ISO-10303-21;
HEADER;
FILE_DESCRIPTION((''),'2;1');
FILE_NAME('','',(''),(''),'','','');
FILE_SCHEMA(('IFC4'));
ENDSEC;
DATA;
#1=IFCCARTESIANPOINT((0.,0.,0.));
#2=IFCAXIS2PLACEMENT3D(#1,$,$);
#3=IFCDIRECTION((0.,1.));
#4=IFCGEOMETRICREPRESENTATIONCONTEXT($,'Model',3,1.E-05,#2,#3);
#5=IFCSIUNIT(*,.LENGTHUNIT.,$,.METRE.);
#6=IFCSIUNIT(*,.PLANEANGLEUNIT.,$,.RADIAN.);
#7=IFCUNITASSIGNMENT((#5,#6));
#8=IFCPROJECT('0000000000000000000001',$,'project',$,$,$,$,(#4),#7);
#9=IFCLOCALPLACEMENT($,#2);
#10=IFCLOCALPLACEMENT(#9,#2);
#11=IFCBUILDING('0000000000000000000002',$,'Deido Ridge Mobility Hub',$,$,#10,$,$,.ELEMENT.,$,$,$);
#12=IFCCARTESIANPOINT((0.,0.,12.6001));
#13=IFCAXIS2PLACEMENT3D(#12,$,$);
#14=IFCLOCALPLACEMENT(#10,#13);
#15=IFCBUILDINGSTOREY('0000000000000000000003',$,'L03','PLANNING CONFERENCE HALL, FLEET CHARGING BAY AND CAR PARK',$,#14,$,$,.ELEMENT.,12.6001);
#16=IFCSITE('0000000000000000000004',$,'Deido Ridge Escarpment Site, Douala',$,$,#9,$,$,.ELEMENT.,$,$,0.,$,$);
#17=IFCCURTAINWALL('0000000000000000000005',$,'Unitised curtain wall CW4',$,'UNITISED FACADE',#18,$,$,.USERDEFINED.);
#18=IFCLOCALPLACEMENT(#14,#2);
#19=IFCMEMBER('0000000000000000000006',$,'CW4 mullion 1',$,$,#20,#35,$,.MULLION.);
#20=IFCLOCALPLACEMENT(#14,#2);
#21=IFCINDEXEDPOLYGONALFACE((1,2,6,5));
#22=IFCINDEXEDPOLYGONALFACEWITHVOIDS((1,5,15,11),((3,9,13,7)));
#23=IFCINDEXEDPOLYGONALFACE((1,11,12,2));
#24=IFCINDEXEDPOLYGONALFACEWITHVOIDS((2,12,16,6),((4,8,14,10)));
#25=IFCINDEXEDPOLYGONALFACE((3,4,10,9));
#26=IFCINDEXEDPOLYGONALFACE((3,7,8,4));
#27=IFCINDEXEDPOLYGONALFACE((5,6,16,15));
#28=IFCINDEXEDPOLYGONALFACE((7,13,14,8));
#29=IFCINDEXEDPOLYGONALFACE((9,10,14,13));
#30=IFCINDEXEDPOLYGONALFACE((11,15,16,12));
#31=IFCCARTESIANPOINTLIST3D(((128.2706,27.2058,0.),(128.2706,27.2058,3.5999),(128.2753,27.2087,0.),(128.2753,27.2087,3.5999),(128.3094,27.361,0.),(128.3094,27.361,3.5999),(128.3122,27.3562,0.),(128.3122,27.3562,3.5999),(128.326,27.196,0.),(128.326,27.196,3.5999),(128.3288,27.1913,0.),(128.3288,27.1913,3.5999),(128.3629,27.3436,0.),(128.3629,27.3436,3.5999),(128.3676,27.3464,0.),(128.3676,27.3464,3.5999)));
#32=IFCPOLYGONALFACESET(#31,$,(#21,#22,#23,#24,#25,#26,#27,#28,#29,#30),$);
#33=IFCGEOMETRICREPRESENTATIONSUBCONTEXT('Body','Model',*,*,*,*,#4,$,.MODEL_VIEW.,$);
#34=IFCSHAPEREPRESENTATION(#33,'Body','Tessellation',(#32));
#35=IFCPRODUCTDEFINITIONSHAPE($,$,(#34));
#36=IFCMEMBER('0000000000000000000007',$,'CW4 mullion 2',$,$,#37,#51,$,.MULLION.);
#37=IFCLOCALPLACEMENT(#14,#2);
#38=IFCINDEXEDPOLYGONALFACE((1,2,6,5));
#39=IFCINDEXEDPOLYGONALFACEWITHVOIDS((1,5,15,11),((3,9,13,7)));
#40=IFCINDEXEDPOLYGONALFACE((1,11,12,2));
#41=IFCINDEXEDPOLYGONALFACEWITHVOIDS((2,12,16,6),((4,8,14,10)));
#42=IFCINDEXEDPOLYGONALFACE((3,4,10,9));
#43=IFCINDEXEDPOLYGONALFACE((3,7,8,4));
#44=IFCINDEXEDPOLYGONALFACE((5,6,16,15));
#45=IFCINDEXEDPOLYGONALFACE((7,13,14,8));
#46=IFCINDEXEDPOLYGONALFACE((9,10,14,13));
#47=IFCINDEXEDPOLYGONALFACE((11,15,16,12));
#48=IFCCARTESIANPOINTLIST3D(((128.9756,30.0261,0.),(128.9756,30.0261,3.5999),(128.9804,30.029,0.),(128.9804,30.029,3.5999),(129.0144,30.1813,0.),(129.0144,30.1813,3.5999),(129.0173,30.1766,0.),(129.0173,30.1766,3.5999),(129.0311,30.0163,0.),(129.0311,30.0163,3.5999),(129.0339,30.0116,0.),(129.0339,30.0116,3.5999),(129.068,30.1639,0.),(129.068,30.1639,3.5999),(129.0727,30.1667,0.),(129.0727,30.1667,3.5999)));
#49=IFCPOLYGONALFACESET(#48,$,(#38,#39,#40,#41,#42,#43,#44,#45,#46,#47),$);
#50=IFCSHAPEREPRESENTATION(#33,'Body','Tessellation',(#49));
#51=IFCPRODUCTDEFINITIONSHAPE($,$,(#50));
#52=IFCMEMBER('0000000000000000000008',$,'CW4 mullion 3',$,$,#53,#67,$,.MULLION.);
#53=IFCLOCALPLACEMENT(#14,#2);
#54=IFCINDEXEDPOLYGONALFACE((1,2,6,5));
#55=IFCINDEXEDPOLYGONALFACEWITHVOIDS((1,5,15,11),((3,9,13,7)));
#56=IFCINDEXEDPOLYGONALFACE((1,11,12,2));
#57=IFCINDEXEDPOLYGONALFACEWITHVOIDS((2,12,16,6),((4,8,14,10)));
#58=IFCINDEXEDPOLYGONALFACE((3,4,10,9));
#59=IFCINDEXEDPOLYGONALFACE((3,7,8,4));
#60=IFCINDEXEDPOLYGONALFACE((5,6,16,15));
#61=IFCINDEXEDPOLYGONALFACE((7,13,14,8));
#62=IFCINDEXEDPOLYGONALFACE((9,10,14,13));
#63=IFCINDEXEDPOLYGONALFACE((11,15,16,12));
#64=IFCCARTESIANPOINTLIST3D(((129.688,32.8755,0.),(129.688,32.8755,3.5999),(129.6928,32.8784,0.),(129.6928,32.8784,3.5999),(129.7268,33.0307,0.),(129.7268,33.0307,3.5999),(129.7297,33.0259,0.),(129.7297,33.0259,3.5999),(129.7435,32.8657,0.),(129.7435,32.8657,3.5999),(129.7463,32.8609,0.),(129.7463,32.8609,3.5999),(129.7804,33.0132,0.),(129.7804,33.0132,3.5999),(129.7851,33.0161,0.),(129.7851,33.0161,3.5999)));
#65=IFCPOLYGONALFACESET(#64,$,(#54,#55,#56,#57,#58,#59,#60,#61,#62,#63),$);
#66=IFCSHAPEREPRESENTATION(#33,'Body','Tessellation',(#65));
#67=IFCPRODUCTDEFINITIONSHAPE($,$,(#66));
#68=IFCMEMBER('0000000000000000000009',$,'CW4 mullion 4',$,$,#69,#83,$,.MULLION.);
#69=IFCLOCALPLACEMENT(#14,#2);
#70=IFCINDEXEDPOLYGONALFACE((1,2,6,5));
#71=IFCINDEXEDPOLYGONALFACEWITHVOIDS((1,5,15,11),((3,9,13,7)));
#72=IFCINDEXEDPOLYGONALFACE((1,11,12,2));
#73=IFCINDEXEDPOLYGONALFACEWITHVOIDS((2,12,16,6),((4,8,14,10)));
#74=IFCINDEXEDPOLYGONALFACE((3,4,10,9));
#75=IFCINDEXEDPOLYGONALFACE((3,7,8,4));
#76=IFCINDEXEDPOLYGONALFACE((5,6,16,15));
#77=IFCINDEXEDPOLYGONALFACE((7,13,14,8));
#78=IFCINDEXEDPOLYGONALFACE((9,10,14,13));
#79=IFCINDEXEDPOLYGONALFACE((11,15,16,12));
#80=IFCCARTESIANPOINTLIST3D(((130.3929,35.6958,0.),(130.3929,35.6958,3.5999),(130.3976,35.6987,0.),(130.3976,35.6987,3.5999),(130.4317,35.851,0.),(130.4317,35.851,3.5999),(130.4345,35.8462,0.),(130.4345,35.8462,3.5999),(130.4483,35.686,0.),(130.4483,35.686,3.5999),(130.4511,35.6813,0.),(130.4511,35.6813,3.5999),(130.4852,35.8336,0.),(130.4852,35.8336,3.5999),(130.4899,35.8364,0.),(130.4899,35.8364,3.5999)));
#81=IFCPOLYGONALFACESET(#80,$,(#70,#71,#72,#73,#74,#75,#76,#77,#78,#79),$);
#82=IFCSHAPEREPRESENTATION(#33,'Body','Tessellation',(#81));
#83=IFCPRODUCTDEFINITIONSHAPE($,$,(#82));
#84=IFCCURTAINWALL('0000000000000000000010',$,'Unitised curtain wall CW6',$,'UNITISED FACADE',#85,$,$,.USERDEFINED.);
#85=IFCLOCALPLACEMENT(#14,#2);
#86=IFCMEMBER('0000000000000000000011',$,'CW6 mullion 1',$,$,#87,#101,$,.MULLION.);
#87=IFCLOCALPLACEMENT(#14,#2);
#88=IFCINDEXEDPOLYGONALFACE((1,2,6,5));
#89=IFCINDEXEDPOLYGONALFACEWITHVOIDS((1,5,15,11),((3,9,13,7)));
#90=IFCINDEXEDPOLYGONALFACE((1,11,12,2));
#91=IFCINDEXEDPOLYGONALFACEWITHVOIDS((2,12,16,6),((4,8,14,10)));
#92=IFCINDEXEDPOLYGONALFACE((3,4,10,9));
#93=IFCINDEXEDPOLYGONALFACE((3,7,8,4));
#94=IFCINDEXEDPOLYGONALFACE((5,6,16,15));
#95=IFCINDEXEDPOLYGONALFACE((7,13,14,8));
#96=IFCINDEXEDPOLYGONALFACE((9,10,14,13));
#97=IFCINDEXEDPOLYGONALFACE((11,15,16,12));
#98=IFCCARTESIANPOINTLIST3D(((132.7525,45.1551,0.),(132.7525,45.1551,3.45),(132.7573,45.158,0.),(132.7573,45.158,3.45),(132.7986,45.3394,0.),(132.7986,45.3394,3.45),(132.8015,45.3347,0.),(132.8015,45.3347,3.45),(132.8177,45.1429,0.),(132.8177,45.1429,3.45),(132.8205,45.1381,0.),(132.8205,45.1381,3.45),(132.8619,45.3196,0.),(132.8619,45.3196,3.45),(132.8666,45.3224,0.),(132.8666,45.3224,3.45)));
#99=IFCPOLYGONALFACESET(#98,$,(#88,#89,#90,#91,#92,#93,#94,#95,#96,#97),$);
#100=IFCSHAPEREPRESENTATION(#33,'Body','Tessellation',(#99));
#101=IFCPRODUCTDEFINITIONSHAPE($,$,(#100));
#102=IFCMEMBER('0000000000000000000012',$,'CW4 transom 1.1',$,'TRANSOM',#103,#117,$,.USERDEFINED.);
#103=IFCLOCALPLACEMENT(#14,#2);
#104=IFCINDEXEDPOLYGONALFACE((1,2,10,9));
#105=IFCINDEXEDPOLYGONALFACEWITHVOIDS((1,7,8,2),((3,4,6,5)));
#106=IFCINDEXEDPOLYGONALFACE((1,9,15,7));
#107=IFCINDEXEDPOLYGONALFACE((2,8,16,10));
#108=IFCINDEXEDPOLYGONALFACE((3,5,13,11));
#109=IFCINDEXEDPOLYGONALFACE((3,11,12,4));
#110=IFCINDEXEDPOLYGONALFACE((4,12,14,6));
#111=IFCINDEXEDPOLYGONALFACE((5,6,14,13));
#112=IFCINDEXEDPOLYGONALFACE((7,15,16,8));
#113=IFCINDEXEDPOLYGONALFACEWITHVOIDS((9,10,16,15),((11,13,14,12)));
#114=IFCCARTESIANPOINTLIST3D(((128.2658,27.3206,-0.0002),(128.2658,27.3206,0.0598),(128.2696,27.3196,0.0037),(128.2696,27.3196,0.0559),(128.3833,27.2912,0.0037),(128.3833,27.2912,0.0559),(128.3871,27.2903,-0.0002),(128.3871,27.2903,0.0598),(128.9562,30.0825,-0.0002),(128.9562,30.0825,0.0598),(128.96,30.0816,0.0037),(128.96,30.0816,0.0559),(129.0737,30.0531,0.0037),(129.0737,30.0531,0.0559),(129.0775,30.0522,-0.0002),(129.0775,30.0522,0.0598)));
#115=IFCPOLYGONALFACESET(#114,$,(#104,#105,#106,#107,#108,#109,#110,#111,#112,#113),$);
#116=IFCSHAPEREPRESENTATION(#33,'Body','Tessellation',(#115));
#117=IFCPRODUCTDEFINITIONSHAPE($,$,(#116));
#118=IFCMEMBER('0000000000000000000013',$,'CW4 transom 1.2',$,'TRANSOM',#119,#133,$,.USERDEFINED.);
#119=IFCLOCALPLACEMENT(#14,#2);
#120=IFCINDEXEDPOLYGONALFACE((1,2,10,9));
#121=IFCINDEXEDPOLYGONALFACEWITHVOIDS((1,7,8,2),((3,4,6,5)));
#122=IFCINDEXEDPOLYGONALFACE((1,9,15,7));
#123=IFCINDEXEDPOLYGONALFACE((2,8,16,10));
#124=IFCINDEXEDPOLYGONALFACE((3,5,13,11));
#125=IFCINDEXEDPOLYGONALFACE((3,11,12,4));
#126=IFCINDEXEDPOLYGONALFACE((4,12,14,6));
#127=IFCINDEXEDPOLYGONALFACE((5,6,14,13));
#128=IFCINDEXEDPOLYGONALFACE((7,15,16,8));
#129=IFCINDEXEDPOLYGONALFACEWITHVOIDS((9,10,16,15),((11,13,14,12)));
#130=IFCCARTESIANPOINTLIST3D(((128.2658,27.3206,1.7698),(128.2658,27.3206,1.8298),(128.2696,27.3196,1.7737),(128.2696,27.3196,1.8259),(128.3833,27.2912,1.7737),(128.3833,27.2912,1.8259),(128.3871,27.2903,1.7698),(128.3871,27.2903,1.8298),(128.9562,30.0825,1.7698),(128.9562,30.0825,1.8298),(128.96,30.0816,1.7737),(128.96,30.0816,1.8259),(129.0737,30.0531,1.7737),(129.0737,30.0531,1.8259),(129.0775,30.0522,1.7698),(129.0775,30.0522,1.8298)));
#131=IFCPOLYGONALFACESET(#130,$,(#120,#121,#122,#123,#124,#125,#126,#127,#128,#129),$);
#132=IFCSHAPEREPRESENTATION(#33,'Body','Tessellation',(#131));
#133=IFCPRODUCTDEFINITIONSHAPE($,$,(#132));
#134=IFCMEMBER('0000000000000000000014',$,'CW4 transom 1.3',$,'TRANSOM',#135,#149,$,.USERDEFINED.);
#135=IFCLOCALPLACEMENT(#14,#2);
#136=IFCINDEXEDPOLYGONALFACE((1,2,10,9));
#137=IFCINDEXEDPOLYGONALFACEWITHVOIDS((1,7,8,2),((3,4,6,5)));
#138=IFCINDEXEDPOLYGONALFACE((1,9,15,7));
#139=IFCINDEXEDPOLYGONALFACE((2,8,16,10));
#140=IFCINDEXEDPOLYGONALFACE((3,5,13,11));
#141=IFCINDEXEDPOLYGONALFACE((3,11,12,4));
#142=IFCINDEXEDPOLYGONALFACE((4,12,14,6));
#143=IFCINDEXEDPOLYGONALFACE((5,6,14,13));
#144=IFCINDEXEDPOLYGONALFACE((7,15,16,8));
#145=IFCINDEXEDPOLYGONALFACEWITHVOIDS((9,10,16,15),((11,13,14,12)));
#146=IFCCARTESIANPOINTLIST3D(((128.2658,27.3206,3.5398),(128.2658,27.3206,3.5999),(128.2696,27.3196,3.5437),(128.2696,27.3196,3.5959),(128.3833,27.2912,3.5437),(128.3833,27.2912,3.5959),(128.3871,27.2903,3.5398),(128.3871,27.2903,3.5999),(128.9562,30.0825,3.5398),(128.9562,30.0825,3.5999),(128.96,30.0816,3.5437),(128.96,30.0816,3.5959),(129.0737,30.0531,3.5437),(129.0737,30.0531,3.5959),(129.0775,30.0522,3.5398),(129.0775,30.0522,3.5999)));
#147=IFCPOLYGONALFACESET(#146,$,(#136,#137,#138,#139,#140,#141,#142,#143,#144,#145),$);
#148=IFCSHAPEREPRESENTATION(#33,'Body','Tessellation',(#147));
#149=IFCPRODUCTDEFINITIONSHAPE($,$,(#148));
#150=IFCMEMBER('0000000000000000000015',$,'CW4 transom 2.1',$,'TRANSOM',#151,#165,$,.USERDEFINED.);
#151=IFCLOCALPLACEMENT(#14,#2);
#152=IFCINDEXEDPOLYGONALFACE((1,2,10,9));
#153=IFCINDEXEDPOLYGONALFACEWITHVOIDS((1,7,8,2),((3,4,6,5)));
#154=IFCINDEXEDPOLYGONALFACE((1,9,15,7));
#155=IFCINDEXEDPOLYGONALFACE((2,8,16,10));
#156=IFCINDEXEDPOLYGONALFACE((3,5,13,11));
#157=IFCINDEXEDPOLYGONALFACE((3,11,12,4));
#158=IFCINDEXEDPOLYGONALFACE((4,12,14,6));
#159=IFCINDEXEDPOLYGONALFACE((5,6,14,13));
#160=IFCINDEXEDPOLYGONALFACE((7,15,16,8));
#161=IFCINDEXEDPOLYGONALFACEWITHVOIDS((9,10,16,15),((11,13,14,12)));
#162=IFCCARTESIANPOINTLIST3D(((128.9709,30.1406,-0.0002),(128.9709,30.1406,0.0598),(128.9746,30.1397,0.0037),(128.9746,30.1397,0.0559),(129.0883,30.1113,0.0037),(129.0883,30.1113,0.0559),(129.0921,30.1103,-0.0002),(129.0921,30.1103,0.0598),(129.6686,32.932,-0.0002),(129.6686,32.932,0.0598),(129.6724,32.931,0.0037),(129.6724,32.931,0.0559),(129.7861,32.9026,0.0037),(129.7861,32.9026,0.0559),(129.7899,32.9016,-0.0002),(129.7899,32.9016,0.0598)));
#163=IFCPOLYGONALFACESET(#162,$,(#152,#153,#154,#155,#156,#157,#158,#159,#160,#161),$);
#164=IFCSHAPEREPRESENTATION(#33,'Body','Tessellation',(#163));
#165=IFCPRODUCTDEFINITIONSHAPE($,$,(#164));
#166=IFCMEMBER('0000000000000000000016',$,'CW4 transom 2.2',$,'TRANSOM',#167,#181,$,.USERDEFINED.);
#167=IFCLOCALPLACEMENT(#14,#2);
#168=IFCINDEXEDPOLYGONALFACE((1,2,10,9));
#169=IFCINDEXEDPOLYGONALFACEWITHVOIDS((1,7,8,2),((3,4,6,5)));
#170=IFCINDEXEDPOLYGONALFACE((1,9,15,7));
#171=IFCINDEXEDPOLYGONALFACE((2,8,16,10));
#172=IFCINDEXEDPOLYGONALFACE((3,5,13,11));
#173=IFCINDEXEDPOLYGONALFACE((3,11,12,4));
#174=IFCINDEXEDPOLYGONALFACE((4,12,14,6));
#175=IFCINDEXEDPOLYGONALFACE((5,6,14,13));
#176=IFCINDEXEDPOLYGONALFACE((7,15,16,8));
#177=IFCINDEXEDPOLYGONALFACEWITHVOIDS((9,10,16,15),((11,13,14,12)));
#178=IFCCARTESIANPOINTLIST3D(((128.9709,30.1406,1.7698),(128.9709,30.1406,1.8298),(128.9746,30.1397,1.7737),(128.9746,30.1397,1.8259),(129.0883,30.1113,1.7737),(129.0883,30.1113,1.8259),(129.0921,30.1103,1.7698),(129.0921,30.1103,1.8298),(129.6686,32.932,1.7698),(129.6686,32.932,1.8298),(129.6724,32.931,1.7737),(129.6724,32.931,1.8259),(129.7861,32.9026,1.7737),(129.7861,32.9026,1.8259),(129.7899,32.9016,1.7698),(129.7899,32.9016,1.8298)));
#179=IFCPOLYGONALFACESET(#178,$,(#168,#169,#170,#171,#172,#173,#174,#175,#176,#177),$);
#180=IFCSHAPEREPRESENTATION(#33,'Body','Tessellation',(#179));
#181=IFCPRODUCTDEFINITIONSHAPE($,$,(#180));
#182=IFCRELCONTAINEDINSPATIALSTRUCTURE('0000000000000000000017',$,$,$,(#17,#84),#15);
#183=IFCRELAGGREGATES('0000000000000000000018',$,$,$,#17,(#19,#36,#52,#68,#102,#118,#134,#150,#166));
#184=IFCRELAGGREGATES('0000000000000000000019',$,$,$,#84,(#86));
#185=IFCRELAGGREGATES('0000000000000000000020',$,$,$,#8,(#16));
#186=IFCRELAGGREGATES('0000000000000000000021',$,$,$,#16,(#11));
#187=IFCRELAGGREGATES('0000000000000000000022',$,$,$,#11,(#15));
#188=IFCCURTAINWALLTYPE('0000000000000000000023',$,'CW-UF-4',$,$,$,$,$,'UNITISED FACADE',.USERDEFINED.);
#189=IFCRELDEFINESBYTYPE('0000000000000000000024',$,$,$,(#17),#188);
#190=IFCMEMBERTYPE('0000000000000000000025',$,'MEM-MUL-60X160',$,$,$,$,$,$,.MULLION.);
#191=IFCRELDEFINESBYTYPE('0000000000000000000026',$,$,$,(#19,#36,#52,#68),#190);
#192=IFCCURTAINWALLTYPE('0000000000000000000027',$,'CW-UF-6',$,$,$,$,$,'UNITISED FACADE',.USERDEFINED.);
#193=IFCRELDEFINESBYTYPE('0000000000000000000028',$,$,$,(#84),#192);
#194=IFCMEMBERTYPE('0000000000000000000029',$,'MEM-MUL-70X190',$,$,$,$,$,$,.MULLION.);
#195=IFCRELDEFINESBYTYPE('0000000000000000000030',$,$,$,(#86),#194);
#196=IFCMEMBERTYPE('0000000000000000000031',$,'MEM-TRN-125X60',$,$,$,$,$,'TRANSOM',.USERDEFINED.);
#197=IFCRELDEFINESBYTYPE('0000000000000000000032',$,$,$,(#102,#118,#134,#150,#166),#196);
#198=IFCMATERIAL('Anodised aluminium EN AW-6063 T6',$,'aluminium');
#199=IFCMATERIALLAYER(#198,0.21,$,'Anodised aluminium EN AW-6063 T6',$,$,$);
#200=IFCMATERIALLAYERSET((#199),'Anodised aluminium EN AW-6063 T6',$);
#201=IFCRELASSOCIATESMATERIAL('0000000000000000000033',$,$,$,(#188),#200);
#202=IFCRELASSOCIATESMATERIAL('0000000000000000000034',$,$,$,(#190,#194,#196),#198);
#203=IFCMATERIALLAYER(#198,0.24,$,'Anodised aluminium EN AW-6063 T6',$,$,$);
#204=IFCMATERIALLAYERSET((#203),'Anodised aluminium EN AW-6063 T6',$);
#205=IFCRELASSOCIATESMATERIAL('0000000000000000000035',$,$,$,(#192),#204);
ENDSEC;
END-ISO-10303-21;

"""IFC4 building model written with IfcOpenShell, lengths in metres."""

from ifc_helpers import new_model, si_unit, direction, frame, origin, origin_2d, place, context, subcontext, project, spatial, hollow_rectangle, extrude, material, layer, layer_set, material_profile, profile_set, type_object, element, aggregate, save


model = new_model("IFC4")

# Units and contexts
model_context = context("Model", 3, precision=1e-05, world=origin(), true_north=direction((0.0, 1.0)))
body_context = subcontext(model_context, "Body", "Model", "MODEL_VIEW")
ifc_project = project(units=[si_unit("LENGTHUNIT", "METRE"), si_unit("PLANEANGLEUNIT", "RADIAN")], contexts=[model_context])

# Site, building, storey
site_placement = place(None, origin())
site = spatial("IfcSite", under=ifc_project, at=site_placement, Name="Deido Ridge Escarpment Site, Douala", CompositionType="ELEMENT", RefElevation=0.0)
building_placement = place(site_placement, origin())
building = spatial("IfcBuilding", under=site, at=building_placement, Name="Deido Ridge Mobility Hub", CompositionType="ELEMENT")
storey_placement = place(building_placement, frame((0.0, 0.0, 12.6001)))
storey = spatial("IfcBuildingStorey", under=building, at=storey_placement, Name="L03", Description="PLANNING CONFERENCE HALL, FLEET CHARGING BAY AND CAR PARK", CompositionType="ELEMENT", Elevation=12.6001)

# Curtain wall, members
ifc_material_1 = material(Name="Anodised aluminium EN AW-6063 T6", Category="aluminium")
ifc_layer_1 = layer(ifc_material_1, 0.21, Name="Anodised aluminium EN AW-6063 T6")
ifc_layer_set_1 = layer_set([ifc_layer_1], Name="Anodised aluminium EN AW-6063 T6")
curtain_wall_type_1 = type_object("IfcCurtainWallType", Name="CW-UF-4", ElementType="UNITISED FACADE", PredefinedType="USERDEFINED", material=ifc_layer_set_1)
curtain_wall_1_placement = place(storey_placement, origin())
curtain_wall_1 = element("IfcCurtainWall", 1, at=curtain_wall_1_placement, inside=storey, type_object=curtain_wall_type_1, Name="Unitised curtain wall CW4", ObjectType="UNITISED FACADE", PredefinedType="USERDEFINED")
ifc_material_profile_1 = material_profile(ifc_material_1, hollow_rectangle(XDim=0.0601, YDim=0.1599, WallThickness=0.0039, at=origin_2d()), Name="RHS 60x160x4")
ifc_profile_set_1 = profile_set([ifc_material_profile_1], Name="Anodised aluminium EN AW-6063 T6")
member_type_1 = type_object("IfcMemberType", Name="MEM-MUL-60X160", PredefinedType="MULLION", material=ifc_profile_set_1)
member_1_placement = place(storey_placement, frame((128.3191, 27.2761, 0.0), z_axis=(0.0, 0.0, 1.0), x_axis=(-0.970144, 0.24253, 0.0)))
member_1 = element("IfcMember", 2, at=member_1_placement, type_object=member_type_1, Name="CW4 mullion 1", PredefinedType="MULLION", context=body_context, shape_type="SweptSolid", body=[
    extrude(hollow_rectangle(XDim=0.0601, YDim=0.1599, WallThickness=0.0039, at=origin_2d()), origin(), (0.0, 0.0, 1.0), 3.5999),
])
member_2_placement = place(storey_placement, frame((129.0242, 30.0964, 0.0), z_axis=(0.0, 0.0, 1.0), x_axis=(-0.970144, 0.24253, 0.0)))
member_2 = element("IfcMember", 3, at=member_2_placement, type_object=member_type_1, Name="CW4 mullion 2", PredefinedType="MULLION", context=body_context, shape_type="SweptSolid", body=[
    extrude(hollow_rectangle(XDim=0.0601, YDim=0.1599, WallThickness=0.0039, at=origin_2d()), origin(), (0.0, 0.0, 1.0), 3.5999),
])
member_3_placement = place(storey_placement, frame((129.7366, 32.9458, 0.0), z_axis=(0.0, 0.0, 1.0), x_axis=(-0.970144, 0.24253, 0.0)))
member_3 = element("IfcMember", 4, at=member_3_placement, type_object=member_type_1, Name="CW4 mullion 3", PredefinedType="MULLION", context=body_context, shape_type="SweptSolid", body=[
    extrude(hollow_rectangle(XDim=0.0601, YDim=0.1599, WallThickness=0.0039, at=origin_2d()), origin(), (0.0, 0.0, 1.0), 3.5999),
])
member_4_placement = place(storey_placement, frame((130.4414, 35.7661, 0.0), z_axis=(0.0, 0.0, 1.0), x_axis=(-0.970144, 0.24253, 0.0)))
member_4 = element("IfcMember", 5, at=member_4_placement, type_object=member_type_1, Name="CW4 mullion 4", PredefinedType="MULLION", context=body_context, shape_type="SweptSolid", body=[
    extrude(hollow_rectangle(XDim=0.0601, YDim=0.1599, WallThickness=0.0039, at=origin_2d()), origin(), (0.0, 0.0, 1.0), 3.5999),
])

# Curtain wall, member
ifc_layer_2 = layer(ifc_material_1, 0.24, Name="Anodised aluminium EN AW-6063 T6")
ifc_layer_set_2 = layer_set([ifc_layer_2], Name="Anodised aluminium EN AW-6063 T6")
curtain_wall_type_2 = type_object("IfcCurtainWallType", Name="CW-UF-6", ElementType="UNITISED FACADE", PredefinedType="USERDEFINED", material=ifc_layer_set_2)
curtain_wall_2_placement = place(storey_placement, origin())
curtain_wall_2 = element("IfcCurtainWall", 6, at=curtain_wall_2_placement, inside=storey, type_object=curtain_wall_type_2, Name="Unitised curtain wall CW6", ObjectType="UNITISED FACADE", PredefinedType="USERDEFINED")
ifc_material_profile_2 = material_profile(ifc_material_1, hollow_rectangle(XDim=0.0701, YDim=0.1899, WallThickness=0.0039, at=origin_2d()), Name="RHS 70x190x4")
ifc_profile_set_2 = profile_set([ifc_material_profile_2], Name="Anodised aluminium EN AW-6063 T6")
member_type_2 = type_object("IfcMemberType", Name="MEM-MUL-70X190", PredefinedType="MULLION", material=ifc_profile_set_2)
member_5_placement = place(storey_placement, frame((132.8096, 45.2388, 0.0), z_axis=(0.0, 0.0, 1.0), x_axis=(-0.970144, 0.24253, 0.0)))
member_5 = element("IfcMember", 7, at=member_5_placement, type_object=member_type_2, Name="CW6 mullion 1", PredefinedType="MULLION", context=body_context, shape_type="SweptSolid", body=[
    extrude(hollow_rectangle(XDim=0.0701, YDim=0.1899, WallThickness=0.0039, at=origin_2d()), origin(), (0.0, 0.0, 1.0), 3.45),
])

# Members
ifc_material_profile_3 = material_profile(ifc_material_1, hollow_rectangle(XDim=0.125, YDim=0.0601, WallThickness=0.0039, at=origin_2d()), Name="RHS 125x60x4")
ifc_profile_set_3 = profile_set([ifc_material_profile_3], Name="Anodised aluminium EN AW-6063 T6")
member_type_3 = type_object("IfcMemberType", Name="MEM-TRN-125X60", ElementType="TRANSOM", PredefinedType="USERDEFINED", material=ifc_profile_set_3)
member_6_placement = place(storey_placement, frame((128.3264, 27.3054, 0.0298), z_axis=(0.242515, 0.970148, 0.0), x_axis=(-0.970148, 0.242515, 0.0)))
member_6 = element("IfcMember", 8, at=member_6_placement, type_object=member_type_3, Name="CW4 transom 1.1", ObjectType="TRANSOM", PredefinedType="USERDEFINED", context=body_context, shape_type="SweptSolid", body=[
    extrude(hollow_rectangle(XDim=0.125, YDim=0.0601, WallThickness=0.0039, at=origin_2d()), origin(), (0.0, 0.0, 1.0), 2.8469),
])
member_7_placement = place(storey_placement, frame((128.3264, 27.3054, 1.7998), z_axis=(0.242515, 0.970148, 0.0), x_axis=(-0.970148, 0.242515, 0.0)))
member_7 = element("IfcMember", 9, at=member_7_placement, type_object=member_type_3, Name="CW4 transom 1.2", ObjectType="TRANSOM", PredefinedType="USERDEFINED", context=body_context, shape_type="SweptSolid", body=[
    extrude(hollow_rectangle(XDim=0.125, YDim=0.0601, WallThickness=0.0039, at=origin_2d()), origin(), (0.0, 0.0, 1.0), 2.8469),
])
member_8_placement = place(storey_placement, frame((128.3264, 27.3054, 3.5698), z_axis=(0.242515, 0.970148, 0.0), x_axis=(-0.970148, 0.242515, 0.0)))
member_8 = element("IfcMember", 10, at=member_8_placement, type_object=member_type_3, Name="CW4 transom 1.3", ObjectType="TRANSOM", PredefinedType="USERDEFINED", context=body_context, shape_type="SweptSolid", body=[
    extrude(hollow_rectangle(XDim=0.125, YDim=0.0601, WallThickness=0.0039, at=origin_2d()), origin(), (0.0, 0.0, 1.0), 2.8469),
])
member_9_placement = place(storey_placement, frame((129.0315, 30.1255, 0.0298), z_axis=(0.242516, 0.970147, 0.0), x_axis=(-0.970147, 0.242516, 0.0)))
member_9 = element("IfcMember", 11, at=member_9_placement, type_object=member_type_3, Name="CW4 transom 2.1", ObjectType="TRANSOM", PredefinedType="USERDEFINED", context=body_context, shape_type="SweptSolid", body=[
    extrude(hollow_rectangle(XDim=0.125, YDim=0.0601, WallThickness=0.0039, at=origin_2d()), origin(), (0.0, 0.0, 1.0), 2.8772),
])
member_10_placement = place(storey_placement, frame((129.0315, 30.1255, 1.7998), z_axis=(0.242516, 0.970147, 0.0), x_axis=(-0.970147, 0.242516, 0.0)))
member_10 = element("IfcMember", 12, at=member_10_placement, type_object=member_type_3, Name="CW4 transom 2.2", ObjectType="TRANSOM", PredefinedType="USERDEFINED", context=body_context, shape_type="SweptSolid", body=[
    extrude(hollow_rectangle(XDim=0.125, YDim=0.0601, WallThickness=0.0039, at=origin_2d()), origin(), (0.0, 0.0, 1.0), 2.8772),
])

aggregate(curtain_wall_1, [member_1, member_2, member_3, member_4, member_6, member_7, member_8, member_9, member_10])
aggregate(curtain_wall_2, [member_5])

save(model, "model.ifc")
